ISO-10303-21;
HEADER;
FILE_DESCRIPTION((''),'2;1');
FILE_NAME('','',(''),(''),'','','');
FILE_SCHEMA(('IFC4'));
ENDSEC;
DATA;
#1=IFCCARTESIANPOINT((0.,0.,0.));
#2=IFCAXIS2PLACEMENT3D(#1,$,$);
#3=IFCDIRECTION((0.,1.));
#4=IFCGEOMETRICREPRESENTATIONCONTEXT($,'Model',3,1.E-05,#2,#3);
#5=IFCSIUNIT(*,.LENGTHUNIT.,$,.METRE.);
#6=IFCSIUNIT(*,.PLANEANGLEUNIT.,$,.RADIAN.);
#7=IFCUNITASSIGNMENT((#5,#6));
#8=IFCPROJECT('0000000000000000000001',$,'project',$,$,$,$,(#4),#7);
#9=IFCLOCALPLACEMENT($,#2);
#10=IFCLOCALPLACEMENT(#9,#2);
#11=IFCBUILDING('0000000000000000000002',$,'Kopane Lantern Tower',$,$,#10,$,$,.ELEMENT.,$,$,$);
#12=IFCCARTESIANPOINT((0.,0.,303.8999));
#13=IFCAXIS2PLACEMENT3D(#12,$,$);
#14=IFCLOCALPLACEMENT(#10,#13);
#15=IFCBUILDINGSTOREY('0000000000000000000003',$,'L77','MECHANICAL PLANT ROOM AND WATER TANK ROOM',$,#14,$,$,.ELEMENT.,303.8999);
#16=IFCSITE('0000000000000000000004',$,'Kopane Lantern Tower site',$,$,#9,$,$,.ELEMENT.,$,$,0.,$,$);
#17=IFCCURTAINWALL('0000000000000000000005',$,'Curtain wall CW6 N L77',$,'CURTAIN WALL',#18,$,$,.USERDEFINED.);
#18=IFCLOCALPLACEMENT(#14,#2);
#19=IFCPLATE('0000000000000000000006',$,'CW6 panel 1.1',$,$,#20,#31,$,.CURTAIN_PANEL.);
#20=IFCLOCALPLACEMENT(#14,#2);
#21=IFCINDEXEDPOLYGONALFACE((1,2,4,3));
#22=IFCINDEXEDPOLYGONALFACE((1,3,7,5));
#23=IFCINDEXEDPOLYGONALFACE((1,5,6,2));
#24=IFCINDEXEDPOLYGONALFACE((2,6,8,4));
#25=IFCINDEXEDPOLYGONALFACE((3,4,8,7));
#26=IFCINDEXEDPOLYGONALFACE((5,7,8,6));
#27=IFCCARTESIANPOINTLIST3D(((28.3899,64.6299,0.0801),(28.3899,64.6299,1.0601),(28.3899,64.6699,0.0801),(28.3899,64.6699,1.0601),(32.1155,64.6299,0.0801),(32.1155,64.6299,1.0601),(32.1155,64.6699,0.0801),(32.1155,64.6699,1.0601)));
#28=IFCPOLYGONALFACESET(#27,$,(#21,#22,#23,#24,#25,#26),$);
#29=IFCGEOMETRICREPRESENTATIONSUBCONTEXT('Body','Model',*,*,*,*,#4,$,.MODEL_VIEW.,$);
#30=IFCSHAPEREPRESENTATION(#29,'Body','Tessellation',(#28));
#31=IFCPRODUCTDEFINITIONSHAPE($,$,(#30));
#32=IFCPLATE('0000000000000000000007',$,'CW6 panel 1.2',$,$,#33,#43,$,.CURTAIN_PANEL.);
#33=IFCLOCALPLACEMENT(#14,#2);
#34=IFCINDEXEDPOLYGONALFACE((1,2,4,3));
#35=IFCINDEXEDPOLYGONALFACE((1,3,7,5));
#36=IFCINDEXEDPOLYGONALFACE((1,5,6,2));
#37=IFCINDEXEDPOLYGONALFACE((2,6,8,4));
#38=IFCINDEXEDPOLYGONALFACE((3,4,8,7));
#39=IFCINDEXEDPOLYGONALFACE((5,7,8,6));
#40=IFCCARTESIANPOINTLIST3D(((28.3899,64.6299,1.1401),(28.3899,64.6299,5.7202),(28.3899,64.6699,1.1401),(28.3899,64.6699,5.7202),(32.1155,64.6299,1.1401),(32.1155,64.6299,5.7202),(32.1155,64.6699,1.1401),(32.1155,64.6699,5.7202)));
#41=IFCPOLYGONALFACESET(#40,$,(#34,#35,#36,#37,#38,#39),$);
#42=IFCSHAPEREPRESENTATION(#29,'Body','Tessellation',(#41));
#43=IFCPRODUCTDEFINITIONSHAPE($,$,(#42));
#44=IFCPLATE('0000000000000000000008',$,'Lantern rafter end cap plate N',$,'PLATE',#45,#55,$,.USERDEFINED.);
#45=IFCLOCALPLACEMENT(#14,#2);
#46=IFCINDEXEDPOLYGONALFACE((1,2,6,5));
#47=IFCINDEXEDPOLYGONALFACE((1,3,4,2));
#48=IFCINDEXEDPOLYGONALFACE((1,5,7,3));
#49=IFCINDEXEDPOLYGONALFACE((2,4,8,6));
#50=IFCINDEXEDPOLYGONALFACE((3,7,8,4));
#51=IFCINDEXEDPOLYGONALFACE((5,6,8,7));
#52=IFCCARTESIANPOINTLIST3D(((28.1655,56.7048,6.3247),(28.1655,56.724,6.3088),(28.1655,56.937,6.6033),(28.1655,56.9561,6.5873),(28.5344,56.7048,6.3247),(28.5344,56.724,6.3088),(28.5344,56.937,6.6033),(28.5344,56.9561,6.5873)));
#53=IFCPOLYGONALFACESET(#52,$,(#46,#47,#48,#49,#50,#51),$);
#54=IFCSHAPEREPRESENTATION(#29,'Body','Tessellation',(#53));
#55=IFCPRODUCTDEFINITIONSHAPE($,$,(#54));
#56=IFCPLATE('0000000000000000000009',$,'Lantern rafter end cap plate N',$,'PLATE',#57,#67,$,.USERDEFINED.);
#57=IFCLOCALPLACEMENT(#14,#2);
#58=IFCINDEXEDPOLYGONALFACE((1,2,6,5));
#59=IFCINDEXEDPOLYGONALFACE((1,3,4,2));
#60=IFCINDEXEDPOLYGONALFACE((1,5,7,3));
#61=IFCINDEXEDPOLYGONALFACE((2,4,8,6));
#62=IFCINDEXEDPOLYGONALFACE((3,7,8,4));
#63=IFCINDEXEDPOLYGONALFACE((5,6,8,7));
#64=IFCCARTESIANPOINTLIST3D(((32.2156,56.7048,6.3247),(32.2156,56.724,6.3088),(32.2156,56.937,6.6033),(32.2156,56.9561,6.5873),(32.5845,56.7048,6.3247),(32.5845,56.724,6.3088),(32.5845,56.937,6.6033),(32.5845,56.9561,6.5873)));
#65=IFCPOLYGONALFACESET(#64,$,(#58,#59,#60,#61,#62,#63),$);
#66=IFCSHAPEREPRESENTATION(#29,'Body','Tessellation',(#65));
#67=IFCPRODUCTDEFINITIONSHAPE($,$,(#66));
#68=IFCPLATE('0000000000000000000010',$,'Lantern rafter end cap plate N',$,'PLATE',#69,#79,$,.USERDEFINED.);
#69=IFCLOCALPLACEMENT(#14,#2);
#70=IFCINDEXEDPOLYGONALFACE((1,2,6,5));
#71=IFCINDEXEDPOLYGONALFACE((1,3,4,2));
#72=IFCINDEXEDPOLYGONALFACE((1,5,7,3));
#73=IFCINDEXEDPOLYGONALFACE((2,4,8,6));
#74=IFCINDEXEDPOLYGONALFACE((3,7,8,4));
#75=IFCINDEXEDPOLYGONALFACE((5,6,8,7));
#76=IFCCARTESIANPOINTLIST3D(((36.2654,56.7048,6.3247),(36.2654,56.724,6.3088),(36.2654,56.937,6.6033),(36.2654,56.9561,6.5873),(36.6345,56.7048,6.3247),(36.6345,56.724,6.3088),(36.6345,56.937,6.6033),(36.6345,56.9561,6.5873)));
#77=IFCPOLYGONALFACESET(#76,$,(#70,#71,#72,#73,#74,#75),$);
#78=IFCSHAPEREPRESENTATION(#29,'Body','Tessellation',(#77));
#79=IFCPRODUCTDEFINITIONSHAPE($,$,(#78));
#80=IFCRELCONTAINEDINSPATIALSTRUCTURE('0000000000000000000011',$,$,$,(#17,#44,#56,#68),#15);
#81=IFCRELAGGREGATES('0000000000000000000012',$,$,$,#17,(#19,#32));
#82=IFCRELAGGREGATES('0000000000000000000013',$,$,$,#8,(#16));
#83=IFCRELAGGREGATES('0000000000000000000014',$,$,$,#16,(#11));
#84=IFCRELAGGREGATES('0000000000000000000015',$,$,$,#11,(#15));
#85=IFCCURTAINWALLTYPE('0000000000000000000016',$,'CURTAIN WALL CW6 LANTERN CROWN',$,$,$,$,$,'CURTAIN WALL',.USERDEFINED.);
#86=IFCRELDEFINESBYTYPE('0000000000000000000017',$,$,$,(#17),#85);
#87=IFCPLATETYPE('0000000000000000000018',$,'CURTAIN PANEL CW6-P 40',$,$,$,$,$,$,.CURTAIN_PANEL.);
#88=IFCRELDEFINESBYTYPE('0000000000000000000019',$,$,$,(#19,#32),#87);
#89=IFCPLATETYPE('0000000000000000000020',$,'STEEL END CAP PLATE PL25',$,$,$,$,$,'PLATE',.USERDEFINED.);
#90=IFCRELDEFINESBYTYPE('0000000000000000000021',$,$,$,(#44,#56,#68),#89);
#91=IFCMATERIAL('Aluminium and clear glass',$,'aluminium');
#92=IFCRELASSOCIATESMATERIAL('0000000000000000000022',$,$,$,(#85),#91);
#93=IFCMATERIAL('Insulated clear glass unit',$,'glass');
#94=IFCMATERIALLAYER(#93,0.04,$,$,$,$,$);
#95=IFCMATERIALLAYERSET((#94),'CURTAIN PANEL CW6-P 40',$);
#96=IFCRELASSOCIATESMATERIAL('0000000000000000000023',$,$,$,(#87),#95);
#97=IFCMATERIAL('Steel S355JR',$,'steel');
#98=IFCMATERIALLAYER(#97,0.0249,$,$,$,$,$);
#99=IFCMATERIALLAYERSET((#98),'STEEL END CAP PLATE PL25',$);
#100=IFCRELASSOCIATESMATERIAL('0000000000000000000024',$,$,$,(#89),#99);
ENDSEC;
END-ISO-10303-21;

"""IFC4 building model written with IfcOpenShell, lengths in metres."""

from ifc_helpers import new_model, si_unit, direction, frame, origin, origin_2d, place, context, subcontext, project, spatial, polyline, rectangle, outline, extrude, material, layer, layer_set, type_object, element, aggregate, save


model = new_model("IFC4")

# Units and contexts
model_context = context("Model", 3, precision=1e-05, world=origin(), true_north=direction((0.0, 1.0)))
body_context = subcontext(model_context, "Body", "Model", "MODEL_VIEW")
ifc_project = project(units=[si_unit("LENGTHUNIT", "METRE"), si_unit("PLANEANGLEUNIT", "RADIAN")], contexts=[model_context])

# Site, building, storey
site_placement = place(None, origin())
site = spatial("IfcSite", under=ifc_project, at=site_placement, Name="Kopane Lantern Tower site", CompositionType="ELEMENT", RefElevation=0.0)
building_placement = place(site_placement, origin())
building = spatial("IfcBuilding", under=site, at=building_placement, Name="Kopane Lantern Tower", CompositionType="ELEMENT")
storey_placement = place(building_placement, frame((0.0, 0.0, 303.8999)))
storey = spatial("IfcBuildingStorey", under=building, at=storey_placement, Name="L77", Description="MECHANICAL PLANT ROOM AND WATER TANK ROOM", CompositionType="ELEMENT", Elevation=303.8999)

# Shared definitions
ifc_material_1 = material(Name="Aluminium and clear glass", Category="aluminium")
curtain_wall_type = type_object("IfcCurtainWallType", Name="CURTAIN WALL CW6 LANTERN CROWN", ElementType="CURTAIN WALL", PredefinedType="USERDEFINED", material=ifc_material_1)

# Curtain wall
curtain_wall_1_placement = place(storey_placement, origin())
curtain_wall_1 = element("IfcCurtainWall", 1, at=curtain_wall_1_placement, inside=storey, type_object=curtain_wall_type, Name="Curtain wall CW6 N L77", ObjectType="CURTAIN WALL", PredefinedType="USERDEFINED")

# Plates
ifc_material_2 = material(Name="Insulated clear glass unit", Category="glass")
ifc_layer_1 = layer(ifc_material_2, 0.04)
ifc_layer_set_1 = layer_set([ifc_layer_1], Name="CURTAIN PANEL CW6-P 40")
plate_type_1 = type_object("IfcPlateType", Name="CURTAIN PANEL CW6-P 40", PredefinedType="CURTAIN_PANEL", material=ifc_layer_set_1)
plate_1_placement = place(storey_placement, frame((30.2527, 64.6499, 0.0801), z_axis=(0.0, 0.0, 1.0), x_axis=(-1.0, 0.0, 0.0)))
plate_1 = element("IfcPlate", 2, at=plate_1_placement, type_object=plate_type_1, Name="CW6 panel 1.1", PredefinedType="CURTAIN_PANEL", context=body_context, shape_type="SweptSolid", body=[
    extrude(rectangle(XDim=3.7256, YDim=0.04, at=origin_2d()), origin(), (0.0, 0.0, 1.0), 0.98),
])
plate_2_placement = place(storey_placement, frame((30.2527, 64.6499, 1.1401), z_axis=(0.0, 0.0, 1.0), x_axis=(-1.0, 0.0, 0.0)))
plate_2 = element("IfcPlate", 3, at=plate_2_placement, type_object=plate_type_1, Name="CW6 panel 1.2", PredefinedType="CURTAIN_PANEL", context=body_context, shape_type="SweptSolid", body=[
    extrude(rectangle(XDim=3.7256, YDim=0.04, at=origin_2d()), origin(), (0.0, 0.0, 1.0), 4.5801),
])
aggregate(curtain_wall_1, [plate_1, plate_2])

# Plates
ifc_material_3 = material(Name="Steel S355JR", Category="steel")
ifc_layer_2 = layer(ifc_material_3, 0.0249)
ifc_layer_set_2 = layer_set([ifc_layer_2], Name="STEEL END CAP PLATE PL25")
plate_type_2 = type_object("IfcPlateType", Name="STEEL END CAP PLATE PL25", ElementType="PLATE", PredefinedType="USERDEFINED", material=ifc_layer_set_2)
for number, where, z_axis, x_axis, name in (
    (4, (28.1655, 56.7048, 6.3247), (0.0, -0.768166, 0.640251), (1.0, 0.0, 0.0), "Lantern rafter end cap plate N"),
    (5, (32.2156, 56.7048, 6.3247), (0.0, -0.768166, 0.640251), (1.0, 0.0, 0.0), "Lantern rafter end cap plate N"),
):
    element("IfcPlate", number, at=place(storey_placement, frame(where, z_axis=z_axis, x_axis=x_axis)), inside=storey, type_object=plate_type_2, Name=name, ObjectType="PLATE", PredefinedType="USERDEFINED", context=body_context, shape_type="SweptSolid", body=[
        extrude(outline(polyline([(0.0, 0.0), (0.3689, 0.0), (0.3689, 0.3626), (0.0, 0.3626), (0.0, 0.0)])), origin(), (0.0, 0.0, -1.0), 0.0249),
    ])
plate_3_placement = place(storey_placement, frame((36.2654, 56.7048, 6.3247), z_axis=(0.0, -0.768166, 0.640251), x_axis=(1.0, 0.0, 0.0)))
element("IfcPlate", 6, at=plate_3_placement, inside=storey, type_object=plate_type_2, Name="Lantern rafter end cap plate N", ObjectType="PLATE", PredefinedType="USERDEFINED", context=body_context, shape_type="SweptSolid", body=[
    extrude(outline(polyline([(0.0, 0.0), (0.3691, 0.0), (0.3691, 0.3626), (0.0, 0.3626), (0.0, 0.0)])), origin(), (0.0, 0.0, -1.0), 0.0249),
])

save(model, "model.ifc")
